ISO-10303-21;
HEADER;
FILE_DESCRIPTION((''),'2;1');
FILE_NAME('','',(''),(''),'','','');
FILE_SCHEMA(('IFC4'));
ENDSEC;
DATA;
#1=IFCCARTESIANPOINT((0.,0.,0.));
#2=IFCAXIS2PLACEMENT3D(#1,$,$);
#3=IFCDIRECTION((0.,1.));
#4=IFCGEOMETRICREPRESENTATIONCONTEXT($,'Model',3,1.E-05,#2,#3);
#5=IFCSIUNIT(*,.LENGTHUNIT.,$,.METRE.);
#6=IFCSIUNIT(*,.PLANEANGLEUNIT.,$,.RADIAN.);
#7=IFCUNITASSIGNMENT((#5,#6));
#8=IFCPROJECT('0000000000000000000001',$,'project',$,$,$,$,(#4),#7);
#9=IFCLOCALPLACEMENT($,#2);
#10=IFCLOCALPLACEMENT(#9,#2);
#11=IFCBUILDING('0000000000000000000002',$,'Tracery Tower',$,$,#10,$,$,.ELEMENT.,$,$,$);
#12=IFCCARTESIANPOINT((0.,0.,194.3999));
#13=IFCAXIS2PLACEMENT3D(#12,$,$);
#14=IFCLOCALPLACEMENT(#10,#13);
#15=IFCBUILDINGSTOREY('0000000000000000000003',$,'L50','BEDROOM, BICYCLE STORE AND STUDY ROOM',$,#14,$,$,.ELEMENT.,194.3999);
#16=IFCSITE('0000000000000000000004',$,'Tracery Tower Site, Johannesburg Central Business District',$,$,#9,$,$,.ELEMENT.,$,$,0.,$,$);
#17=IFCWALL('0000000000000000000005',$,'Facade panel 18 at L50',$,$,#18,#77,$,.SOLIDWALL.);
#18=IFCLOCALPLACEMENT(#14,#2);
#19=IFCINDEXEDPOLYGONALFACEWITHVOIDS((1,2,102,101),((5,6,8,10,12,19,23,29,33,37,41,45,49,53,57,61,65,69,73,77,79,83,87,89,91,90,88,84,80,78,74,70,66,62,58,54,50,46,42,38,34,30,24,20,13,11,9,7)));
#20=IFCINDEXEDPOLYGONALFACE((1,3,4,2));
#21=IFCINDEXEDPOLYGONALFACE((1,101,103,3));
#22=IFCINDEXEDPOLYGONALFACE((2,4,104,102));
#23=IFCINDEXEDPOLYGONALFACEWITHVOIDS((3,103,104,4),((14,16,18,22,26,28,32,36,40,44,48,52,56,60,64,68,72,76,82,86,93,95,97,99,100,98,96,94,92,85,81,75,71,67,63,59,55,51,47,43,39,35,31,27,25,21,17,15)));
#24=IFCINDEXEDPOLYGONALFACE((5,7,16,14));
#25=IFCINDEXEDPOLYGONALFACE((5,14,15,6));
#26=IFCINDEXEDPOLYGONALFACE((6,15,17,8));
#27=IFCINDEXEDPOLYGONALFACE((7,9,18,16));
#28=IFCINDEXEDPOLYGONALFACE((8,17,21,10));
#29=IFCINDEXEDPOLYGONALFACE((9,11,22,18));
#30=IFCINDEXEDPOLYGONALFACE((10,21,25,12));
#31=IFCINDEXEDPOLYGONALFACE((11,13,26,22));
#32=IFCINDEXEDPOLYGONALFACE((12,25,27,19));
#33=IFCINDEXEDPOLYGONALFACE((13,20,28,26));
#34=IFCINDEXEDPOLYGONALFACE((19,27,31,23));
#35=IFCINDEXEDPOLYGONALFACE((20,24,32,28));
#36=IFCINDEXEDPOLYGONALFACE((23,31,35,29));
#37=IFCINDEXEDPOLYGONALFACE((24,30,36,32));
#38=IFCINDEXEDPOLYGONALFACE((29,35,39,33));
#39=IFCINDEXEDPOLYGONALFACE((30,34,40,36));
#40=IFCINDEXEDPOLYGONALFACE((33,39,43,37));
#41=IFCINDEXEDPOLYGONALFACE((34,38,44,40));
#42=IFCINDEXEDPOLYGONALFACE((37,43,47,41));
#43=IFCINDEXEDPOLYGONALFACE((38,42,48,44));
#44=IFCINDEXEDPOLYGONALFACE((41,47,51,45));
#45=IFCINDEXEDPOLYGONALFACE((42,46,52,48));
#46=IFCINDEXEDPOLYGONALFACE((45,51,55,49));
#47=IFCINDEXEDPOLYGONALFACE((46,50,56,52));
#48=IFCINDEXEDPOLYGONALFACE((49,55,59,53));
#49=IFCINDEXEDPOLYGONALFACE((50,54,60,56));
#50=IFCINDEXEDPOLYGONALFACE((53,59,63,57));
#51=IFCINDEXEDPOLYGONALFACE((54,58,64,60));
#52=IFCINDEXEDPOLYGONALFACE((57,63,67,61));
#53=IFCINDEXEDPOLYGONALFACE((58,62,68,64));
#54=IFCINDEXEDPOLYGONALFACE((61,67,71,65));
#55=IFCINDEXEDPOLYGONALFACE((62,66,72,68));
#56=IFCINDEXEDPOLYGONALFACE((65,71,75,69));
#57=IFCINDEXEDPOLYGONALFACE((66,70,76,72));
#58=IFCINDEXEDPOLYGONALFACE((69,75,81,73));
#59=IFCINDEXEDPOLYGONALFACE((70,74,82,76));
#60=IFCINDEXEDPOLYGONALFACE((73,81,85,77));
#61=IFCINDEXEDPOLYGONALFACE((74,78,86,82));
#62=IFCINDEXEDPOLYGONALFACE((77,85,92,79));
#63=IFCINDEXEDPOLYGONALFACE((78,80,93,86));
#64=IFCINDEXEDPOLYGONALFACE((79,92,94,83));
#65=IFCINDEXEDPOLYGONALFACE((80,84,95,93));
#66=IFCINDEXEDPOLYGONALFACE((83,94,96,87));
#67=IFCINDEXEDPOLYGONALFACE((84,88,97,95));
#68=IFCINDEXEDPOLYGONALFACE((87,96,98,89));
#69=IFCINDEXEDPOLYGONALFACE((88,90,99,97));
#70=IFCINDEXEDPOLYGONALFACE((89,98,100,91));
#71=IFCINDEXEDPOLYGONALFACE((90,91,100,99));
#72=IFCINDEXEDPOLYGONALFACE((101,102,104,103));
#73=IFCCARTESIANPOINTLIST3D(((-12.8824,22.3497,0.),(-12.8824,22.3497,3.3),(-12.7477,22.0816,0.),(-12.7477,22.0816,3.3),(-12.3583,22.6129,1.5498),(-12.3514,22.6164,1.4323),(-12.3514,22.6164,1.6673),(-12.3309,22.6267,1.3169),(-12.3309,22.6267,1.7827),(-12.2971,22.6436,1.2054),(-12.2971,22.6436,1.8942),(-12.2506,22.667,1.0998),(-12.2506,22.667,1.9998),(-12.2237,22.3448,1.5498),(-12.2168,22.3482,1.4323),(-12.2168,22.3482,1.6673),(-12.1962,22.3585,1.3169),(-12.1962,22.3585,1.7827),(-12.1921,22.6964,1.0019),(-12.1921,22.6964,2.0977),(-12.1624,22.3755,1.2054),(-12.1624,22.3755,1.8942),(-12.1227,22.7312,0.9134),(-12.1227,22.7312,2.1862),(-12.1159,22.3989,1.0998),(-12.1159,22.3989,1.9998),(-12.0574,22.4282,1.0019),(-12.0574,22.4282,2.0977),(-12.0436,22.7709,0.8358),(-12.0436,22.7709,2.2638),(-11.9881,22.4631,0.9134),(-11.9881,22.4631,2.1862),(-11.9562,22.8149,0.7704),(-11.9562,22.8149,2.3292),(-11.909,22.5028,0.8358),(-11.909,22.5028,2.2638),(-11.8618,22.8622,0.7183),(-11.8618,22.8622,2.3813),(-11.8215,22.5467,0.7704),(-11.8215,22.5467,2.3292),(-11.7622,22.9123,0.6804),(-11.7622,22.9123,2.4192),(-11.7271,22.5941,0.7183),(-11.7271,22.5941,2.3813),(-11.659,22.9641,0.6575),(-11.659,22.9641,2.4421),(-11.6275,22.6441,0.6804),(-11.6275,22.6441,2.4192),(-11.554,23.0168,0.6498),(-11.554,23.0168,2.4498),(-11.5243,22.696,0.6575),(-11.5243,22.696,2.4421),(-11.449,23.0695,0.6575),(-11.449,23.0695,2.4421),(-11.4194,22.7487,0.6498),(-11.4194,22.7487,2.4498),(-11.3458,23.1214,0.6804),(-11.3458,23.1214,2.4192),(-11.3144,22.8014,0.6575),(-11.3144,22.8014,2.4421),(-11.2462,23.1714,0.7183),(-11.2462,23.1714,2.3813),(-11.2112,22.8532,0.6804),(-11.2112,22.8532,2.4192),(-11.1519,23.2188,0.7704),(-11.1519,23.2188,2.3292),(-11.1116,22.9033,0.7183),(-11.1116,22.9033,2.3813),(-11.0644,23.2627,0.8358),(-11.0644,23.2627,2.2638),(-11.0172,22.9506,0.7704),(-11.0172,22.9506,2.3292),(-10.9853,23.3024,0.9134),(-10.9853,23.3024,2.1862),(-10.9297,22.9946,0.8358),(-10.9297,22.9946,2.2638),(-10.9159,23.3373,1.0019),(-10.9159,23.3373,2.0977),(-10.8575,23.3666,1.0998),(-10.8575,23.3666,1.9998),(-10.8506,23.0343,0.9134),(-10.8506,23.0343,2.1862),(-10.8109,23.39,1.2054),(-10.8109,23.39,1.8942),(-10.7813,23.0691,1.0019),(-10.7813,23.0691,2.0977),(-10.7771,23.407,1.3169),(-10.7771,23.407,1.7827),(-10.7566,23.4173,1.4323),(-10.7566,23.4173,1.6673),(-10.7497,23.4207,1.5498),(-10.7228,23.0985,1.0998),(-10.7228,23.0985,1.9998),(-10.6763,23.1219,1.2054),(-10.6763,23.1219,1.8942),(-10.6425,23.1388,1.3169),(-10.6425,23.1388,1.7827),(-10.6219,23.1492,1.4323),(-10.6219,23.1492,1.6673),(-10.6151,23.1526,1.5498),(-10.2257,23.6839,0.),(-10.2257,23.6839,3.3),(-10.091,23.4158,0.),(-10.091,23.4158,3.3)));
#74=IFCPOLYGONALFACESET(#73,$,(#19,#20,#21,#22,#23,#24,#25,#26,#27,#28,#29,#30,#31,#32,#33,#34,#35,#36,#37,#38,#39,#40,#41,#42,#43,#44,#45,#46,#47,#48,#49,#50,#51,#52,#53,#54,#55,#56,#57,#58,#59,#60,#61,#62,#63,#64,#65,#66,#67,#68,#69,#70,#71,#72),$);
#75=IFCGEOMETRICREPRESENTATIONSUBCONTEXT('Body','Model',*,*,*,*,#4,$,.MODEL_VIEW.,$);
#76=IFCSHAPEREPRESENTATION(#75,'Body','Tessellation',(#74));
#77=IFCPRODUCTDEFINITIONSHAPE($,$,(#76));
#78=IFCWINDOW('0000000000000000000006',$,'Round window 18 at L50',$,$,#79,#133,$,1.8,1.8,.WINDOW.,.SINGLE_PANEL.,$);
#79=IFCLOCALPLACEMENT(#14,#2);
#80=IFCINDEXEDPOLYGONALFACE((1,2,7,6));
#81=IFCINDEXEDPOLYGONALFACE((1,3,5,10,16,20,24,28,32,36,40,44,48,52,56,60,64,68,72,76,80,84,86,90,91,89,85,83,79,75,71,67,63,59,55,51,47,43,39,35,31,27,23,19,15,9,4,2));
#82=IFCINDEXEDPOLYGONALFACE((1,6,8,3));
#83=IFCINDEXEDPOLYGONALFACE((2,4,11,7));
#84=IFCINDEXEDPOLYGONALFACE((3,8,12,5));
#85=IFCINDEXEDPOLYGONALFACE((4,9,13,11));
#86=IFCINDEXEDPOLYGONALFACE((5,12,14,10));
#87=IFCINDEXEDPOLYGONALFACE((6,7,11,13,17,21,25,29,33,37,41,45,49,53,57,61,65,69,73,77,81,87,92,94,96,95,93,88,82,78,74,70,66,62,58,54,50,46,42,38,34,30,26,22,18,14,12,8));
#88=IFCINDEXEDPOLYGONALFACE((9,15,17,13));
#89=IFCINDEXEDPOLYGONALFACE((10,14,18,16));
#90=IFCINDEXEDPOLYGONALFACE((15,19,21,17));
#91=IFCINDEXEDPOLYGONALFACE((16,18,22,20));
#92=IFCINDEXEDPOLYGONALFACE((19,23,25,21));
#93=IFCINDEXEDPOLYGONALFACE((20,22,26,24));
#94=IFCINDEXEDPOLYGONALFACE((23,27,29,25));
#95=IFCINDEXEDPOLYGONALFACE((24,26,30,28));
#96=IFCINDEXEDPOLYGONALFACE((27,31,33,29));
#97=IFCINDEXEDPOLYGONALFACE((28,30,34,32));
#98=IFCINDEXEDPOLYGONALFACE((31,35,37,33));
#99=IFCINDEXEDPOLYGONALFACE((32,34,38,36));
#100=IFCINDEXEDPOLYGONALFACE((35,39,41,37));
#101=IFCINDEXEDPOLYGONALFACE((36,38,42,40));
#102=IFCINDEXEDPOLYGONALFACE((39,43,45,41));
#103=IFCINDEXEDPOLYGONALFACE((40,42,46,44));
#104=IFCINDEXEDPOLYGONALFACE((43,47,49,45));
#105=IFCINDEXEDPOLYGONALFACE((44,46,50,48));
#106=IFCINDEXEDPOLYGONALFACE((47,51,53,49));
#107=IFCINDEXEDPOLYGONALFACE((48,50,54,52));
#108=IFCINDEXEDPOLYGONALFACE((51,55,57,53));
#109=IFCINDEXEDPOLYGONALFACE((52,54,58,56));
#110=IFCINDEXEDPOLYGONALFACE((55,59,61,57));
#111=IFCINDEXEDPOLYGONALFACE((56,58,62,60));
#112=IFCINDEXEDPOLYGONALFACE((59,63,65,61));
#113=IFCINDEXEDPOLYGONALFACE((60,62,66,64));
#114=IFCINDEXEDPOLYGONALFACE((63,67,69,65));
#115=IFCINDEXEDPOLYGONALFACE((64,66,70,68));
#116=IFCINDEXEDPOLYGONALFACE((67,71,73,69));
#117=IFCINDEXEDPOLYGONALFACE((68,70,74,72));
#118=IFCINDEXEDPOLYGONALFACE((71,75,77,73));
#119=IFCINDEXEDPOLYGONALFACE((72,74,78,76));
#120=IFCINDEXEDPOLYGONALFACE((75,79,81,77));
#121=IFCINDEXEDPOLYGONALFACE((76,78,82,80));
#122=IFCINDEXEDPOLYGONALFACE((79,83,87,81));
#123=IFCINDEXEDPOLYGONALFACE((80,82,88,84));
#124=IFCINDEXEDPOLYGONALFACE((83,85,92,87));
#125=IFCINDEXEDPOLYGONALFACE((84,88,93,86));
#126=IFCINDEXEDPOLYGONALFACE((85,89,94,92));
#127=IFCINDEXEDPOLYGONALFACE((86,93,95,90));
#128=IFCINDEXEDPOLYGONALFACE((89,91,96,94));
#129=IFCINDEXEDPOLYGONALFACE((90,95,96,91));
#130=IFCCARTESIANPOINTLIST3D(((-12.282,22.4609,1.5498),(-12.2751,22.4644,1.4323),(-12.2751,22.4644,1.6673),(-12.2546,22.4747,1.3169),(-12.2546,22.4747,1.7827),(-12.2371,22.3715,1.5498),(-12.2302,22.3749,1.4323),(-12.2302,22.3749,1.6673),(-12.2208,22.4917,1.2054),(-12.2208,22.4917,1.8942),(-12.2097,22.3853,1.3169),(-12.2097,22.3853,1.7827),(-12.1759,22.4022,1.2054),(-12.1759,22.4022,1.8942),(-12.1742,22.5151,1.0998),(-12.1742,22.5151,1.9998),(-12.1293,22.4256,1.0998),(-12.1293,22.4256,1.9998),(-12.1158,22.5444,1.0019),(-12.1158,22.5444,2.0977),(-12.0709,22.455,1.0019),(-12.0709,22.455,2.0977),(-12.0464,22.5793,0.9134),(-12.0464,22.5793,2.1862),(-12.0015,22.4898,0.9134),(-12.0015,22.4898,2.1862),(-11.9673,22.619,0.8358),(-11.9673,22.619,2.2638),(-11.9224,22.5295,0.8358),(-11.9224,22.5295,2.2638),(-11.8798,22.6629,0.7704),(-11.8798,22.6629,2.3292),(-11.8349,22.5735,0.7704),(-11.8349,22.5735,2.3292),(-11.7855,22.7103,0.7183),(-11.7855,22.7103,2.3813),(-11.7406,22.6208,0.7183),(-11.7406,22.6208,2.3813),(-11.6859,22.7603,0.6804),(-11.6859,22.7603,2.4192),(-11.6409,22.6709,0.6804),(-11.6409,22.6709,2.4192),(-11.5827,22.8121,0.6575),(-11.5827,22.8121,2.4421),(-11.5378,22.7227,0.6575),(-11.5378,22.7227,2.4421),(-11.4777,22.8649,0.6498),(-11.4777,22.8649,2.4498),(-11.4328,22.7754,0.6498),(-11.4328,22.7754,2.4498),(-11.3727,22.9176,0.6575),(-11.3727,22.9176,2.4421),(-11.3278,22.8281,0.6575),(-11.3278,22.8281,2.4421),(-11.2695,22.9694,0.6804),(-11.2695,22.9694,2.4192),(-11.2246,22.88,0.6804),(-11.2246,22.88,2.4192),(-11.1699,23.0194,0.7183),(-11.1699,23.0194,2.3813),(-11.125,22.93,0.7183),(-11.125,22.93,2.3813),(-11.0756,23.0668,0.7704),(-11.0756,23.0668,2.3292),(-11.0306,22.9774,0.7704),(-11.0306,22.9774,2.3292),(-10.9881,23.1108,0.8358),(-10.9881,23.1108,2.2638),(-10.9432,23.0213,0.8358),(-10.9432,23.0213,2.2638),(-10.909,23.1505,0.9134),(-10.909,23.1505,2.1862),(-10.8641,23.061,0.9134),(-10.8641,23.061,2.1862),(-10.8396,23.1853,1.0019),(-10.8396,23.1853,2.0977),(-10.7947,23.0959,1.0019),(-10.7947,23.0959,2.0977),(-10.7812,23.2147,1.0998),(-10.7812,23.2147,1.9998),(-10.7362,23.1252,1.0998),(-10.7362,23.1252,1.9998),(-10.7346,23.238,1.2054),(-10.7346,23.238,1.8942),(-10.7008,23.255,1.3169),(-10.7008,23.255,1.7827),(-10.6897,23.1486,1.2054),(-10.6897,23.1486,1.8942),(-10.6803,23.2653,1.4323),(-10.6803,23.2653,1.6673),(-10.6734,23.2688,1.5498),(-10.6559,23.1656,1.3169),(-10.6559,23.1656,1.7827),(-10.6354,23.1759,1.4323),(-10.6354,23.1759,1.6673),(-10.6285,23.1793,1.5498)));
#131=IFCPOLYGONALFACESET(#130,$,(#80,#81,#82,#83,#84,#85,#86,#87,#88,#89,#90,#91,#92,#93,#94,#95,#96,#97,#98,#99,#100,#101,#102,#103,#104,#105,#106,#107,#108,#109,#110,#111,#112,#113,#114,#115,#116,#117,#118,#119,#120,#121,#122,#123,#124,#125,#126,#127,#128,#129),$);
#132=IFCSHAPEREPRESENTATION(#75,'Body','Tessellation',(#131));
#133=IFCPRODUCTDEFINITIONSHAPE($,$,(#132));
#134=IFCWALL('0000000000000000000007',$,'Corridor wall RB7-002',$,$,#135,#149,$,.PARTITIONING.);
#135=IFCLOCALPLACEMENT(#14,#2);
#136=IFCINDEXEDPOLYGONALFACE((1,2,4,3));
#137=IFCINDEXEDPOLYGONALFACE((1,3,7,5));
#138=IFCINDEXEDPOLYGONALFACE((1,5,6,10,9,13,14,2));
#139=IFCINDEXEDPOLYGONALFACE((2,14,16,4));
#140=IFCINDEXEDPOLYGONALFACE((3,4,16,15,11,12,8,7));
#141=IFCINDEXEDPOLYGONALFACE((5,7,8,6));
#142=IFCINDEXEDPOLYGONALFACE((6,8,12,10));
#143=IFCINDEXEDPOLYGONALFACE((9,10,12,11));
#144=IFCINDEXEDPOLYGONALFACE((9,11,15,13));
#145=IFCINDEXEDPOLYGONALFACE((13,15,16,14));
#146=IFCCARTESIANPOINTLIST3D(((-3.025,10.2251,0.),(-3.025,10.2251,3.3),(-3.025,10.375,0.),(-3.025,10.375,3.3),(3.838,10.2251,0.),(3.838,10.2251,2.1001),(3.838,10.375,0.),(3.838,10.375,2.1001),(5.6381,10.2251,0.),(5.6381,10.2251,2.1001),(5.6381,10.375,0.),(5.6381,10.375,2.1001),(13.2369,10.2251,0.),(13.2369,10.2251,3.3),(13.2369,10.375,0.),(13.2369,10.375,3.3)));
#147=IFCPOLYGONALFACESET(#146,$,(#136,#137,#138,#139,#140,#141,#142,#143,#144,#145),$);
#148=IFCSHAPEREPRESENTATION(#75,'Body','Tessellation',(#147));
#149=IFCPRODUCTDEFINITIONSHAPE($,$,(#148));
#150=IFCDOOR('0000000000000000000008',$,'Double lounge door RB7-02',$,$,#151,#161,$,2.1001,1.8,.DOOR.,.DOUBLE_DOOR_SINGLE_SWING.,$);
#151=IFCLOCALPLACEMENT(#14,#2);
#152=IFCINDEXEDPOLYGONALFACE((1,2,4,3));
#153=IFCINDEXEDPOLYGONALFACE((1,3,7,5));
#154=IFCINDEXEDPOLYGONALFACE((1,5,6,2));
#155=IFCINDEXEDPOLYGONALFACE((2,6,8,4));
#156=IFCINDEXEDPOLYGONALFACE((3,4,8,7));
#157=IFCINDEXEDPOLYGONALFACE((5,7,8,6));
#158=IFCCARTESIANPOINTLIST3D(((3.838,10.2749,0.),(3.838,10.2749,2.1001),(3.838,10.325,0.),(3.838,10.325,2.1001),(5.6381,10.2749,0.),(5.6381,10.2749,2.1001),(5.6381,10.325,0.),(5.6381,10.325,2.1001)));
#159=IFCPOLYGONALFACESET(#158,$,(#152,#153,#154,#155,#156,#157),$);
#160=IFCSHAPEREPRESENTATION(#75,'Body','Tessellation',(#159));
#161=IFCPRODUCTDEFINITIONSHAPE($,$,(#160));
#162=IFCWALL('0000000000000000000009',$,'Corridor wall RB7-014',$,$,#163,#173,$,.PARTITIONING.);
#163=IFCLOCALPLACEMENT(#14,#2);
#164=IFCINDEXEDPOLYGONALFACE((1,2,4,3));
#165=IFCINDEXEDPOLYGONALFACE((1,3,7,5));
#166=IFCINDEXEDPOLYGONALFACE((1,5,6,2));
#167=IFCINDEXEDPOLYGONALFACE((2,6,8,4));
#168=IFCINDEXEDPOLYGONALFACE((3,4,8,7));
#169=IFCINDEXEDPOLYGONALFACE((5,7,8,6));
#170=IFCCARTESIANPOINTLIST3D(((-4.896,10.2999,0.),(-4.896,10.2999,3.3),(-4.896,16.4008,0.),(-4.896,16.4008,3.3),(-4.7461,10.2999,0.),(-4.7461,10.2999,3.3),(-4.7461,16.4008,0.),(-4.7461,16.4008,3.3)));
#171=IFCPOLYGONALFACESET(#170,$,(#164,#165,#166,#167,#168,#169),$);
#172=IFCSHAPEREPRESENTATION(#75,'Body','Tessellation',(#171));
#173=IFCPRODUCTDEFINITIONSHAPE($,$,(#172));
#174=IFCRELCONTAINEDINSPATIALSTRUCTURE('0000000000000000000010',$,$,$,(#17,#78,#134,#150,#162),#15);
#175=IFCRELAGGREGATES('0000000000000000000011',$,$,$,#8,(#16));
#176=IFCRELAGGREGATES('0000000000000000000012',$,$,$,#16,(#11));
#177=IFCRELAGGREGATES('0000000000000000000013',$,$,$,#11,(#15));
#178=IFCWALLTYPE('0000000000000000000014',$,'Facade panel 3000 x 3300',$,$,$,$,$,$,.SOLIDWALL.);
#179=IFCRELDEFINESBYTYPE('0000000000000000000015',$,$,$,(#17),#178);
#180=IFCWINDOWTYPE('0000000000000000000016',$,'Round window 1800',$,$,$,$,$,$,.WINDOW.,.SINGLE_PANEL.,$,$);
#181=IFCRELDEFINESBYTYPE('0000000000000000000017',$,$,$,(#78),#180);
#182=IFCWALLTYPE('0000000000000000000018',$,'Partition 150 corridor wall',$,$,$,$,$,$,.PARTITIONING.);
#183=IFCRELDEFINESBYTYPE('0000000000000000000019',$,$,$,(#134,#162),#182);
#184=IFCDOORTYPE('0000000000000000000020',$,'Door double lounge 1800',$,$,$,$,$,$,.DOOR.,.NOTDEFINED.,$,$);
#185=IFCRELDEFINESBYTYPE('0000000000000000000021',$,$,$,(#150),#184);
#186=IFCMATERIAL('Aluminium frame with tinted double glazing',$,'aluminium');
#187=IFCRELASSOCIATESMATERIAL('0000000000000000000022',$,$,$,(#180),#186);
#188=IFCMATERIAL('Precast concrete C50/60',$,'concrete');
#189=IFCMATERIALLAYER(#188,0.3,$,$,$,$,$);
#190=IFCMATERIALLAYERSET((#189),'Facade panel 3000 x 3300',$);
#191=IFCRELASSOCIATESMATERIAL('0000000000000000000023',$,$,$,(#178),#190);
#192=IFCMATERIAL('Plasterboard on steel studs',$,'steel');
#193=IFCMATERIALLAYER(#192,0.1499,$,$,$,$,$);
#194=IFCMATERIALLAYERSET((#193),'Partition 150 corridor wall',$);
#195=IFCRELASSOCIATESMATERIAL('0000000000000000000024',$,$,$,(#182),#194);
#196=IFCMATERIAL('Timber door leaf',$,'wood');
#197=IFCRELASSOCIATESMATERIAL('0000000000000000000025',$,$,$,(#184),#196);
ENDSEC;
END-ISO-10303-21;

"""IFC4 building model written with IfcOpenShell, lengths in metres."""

from ifc_helpers import new_model, si_unit, direction, frame, frame_2d, origin, origin_2d, place, context, subcontext, project, spatial, rectangle, circle, extrude, material, layer, layer_set, type_object, element, fill, save


model = new_model("IFC4")

# Units and contexts
model_context = context("Model", 3, precision=1e-05, world=origin(), true_north=direction((0.0, 1.0)))
body_context = subcontext(model_context, "Body", "Model", "MODEL_VIEW")
ifc_project = project(units=[si_unit("LENGTHUNIT", "METRE"), si_unit("PLANEANGLEUNIT", "RADIAN")], contexts=[model_context])

# Site, building, storey
site_placement = place(None, origin())
site = spatial("IfcSite", under=ifc_project, at=site_placement, Name="Tracery Tower Site, Johannesburg Central Business District", CompositionType="ELEMENT", RefElevation=0.0)
building_placement = place(site_placement, origin())
building = spatial("IfcBuilding", under=site, at=building_placement, Name="Tracery Tower", CompositionType="ELEMENT")
storey_placement = place(building_placement, frame((0.0, 0.0, 194.3999)))
storey = spatial("IfcBuildingStorey", under=building, at=storey_placement, Name="L50", Description="BEDROOM, BICYCLE STORE AND STUDY ROOM", CompositionType="ELEMENT", Elevation=194.3999)

# Wall, opening, window
ifc_material_1 = material(Name="Aluminium frame with tinted double glazing", Category="aluminium")
window_type = type_object("IfcWindowType", Name="Round window 1800", PartitioningType="SINGLE_PANEL", PredefinedType="WINDOW", material=ifc_material_1)
ifc_material_2 = material(Name="Precast concrete C50/60", Category="concrete")
ifc_layer_1 = layer(ifc_material_2, 0.3)
ifc_layer_set_1 = layer_set([ifc_layer_1], Name="Facade panel 3000 x 3300")
wall_type_1 = type_object("IfcWallType", Name="Facade panel 3000 x 3300", PredefinedType="SOLIDWALL", material=ifc_layer_set_1)
wall_1_placement = place(storey_placement, frame((-10.1584, 23.5498, 0.0), z_axis=(0.0, 0.0, 1.0), x_axis=(-0.893637, -0.44879, 0.0)))
wall_1 = element("IfcWall", 1, at=wall_1_placement, inside=storey, type_object=wall_type_1, Name="Facade panel 18 at L50", PredefinedType="SOLIDWALL", context=body_context, shape_type="SweptSolid", body=[
    extrude(rectangle(XDim=2.9729, YDim=0.3, at=frame_2d((1.4863, 0.0))), origin(), (0.0, 0.0, 1.0), 3.3),
])
opening_1_placement = place(wall_1_placement, frame((1.4863, 0.0, 1.5498)))
opening_1 = element("IfcOpeningElement", 2, at=opening_1_placement, cuts=wall_1, PredefinedType="OPENING", context=body_context, shape_type="SweptSolid", body=[
    extrude(circle(Radius=0.9, at=origin_2d()), frame((0.0, 0.1599, 0.0), z_axis=(0.0, -1.0, 0.0), x_axis=(1.0, 0.0, 0.0)), (0.0, 0.0, 1.0), 0.3201),
])
window_1_placement = place(opening_1_placement, origin())
window_1 = element("IfcWindow", 3, at=window_1_placement, inside=storey, type_object=window_type, Name="Round window 18 at L50", OverallHeight=1.8, OverallWidth=1.8, PartitioningType="SINGLE_PANEL", PredefinedType="WINDOW", context=body_context, shape_type="SweptSolid", body=[
    extrude(circle(Radius=0.9, at=origin_2d()), frame((0.0, 0.1201, 0.0), z_axis=(0.0, -1.0, 0.0), x_axis=(1.0, 0.0, 0.0)), (0.0, 0.0, 1.0), 0.1001),
])
fill(opening_1, window_1)

# Wall, opening, door
ifc_material_3 = material(Name="Plasterboard on steel studs", Category="steel")
ifc_layer_2 = layer(ifc_material_3, 0.1499)
ifc_layer_set_2 = layer_set([ifc_layer_2], Name="Partition 150 corridor wall")
wall_type_2 = type_object("IfcWallType", Name="Partition 150 corridor wall", PredefinedType="PARTITIONING", material=ifc_layer_set_2)
wall_2_placement = place(storey_placement, frame((-3.0249, 10.3, 0.0), z_axis=(0.0, 0.0, 1.0), x_axis=(1.0, 0.0, 0.0)))
wall_2 = element("IfcWall", 4, at=wall_2_placement, inside=storey, type_object=wall_type_2, Name="Corridor wall RB7-002", PredefinedType="PARTITIONING", context=body_context, shape_type="SweptSolid", body=[
    extrude(rectangle(XDim=16.262, YDim=0.1499, at=frame_2d((8.1309, 0.0))), origin(), (0.0, 0.0, 1.0), 3.3),
])
opening_2_placement = place(wall_2_placement, frame((6.863, 0.0, 0.0)))
opening_2 = element("IfcOpeningElement", 5, at=opening_2_placement, cuts=wall_2, PredefinedType="OPENING", context=body_context, shape_type="SweptSolid", body=[
    extrude(rectangle(XDim=1.8, YDim=2.1001, at=frame_2d((0.8999, 1.05))), frame((0.0, 0.075, 0.0), z_axis=(0.0, -1.0, 0.0), x_axis=(1.0, 0.0, 0.0)), (0.0, 0.0, 1.0), 0.1499),
])
ifc_material_4 = material(Name="Timber door leaf", Category="wood")
door_type_1 = type_object("IfcDoorType", Name="Door double lounge 1800", OperationType="NOTDEFINED", PredefinedType="DOOR", material=ifc_material_4)
door_1_placement = place(opening_2_placement, origin())
door_1 = element("IfcDoor", 6, at=door_1_placement, inside=storey, type_object=door_type_1, Name="Double lounge door RB7-02", OperationType="DOUBLE_DOOR_SINGLE_SWING", OverallHeight=2.1001, OverallWidth=1.8, PredefinedType="DOOR", context=body_context, shape_type="SweptSolid", body=[
    extrude(rectangle(XDim=1.8, YDim=2.1001, at=frame_2d((0.8999, 1.05))), frame((0.0, 0.0249, 0.0), z_axis=(0.0, -1.0, 0.0), x_axis=(1.0, 0.0, 0.0)), (0.0, 0.0, 1.0), 0.05),
])
fill(opening_2, door_1)

# Wall
wall_3_placement = place(storey_placement, frame((-4.821, 10.3, 0.0), z_axis=(0.0, 0.0, 1.0), x_axis=(0.0, 1.0, 0.0)))
element("IfcWall", 7, at=wall_3_placement, inside=storey, type_object=wall_type_2, Name="Corridor wall RB7-014", PredefinedType="PARTITIONING", context=body_context, shape_type="SweptSolid", body=[
    extrude(rectangle(XDim=6.1008, YDim=0.1499, at=frame_2d((3.0503, 0.0))), origin(), (0.0, 0.0, 1.0), 3.3),
])

save(model, "model.ifc")
